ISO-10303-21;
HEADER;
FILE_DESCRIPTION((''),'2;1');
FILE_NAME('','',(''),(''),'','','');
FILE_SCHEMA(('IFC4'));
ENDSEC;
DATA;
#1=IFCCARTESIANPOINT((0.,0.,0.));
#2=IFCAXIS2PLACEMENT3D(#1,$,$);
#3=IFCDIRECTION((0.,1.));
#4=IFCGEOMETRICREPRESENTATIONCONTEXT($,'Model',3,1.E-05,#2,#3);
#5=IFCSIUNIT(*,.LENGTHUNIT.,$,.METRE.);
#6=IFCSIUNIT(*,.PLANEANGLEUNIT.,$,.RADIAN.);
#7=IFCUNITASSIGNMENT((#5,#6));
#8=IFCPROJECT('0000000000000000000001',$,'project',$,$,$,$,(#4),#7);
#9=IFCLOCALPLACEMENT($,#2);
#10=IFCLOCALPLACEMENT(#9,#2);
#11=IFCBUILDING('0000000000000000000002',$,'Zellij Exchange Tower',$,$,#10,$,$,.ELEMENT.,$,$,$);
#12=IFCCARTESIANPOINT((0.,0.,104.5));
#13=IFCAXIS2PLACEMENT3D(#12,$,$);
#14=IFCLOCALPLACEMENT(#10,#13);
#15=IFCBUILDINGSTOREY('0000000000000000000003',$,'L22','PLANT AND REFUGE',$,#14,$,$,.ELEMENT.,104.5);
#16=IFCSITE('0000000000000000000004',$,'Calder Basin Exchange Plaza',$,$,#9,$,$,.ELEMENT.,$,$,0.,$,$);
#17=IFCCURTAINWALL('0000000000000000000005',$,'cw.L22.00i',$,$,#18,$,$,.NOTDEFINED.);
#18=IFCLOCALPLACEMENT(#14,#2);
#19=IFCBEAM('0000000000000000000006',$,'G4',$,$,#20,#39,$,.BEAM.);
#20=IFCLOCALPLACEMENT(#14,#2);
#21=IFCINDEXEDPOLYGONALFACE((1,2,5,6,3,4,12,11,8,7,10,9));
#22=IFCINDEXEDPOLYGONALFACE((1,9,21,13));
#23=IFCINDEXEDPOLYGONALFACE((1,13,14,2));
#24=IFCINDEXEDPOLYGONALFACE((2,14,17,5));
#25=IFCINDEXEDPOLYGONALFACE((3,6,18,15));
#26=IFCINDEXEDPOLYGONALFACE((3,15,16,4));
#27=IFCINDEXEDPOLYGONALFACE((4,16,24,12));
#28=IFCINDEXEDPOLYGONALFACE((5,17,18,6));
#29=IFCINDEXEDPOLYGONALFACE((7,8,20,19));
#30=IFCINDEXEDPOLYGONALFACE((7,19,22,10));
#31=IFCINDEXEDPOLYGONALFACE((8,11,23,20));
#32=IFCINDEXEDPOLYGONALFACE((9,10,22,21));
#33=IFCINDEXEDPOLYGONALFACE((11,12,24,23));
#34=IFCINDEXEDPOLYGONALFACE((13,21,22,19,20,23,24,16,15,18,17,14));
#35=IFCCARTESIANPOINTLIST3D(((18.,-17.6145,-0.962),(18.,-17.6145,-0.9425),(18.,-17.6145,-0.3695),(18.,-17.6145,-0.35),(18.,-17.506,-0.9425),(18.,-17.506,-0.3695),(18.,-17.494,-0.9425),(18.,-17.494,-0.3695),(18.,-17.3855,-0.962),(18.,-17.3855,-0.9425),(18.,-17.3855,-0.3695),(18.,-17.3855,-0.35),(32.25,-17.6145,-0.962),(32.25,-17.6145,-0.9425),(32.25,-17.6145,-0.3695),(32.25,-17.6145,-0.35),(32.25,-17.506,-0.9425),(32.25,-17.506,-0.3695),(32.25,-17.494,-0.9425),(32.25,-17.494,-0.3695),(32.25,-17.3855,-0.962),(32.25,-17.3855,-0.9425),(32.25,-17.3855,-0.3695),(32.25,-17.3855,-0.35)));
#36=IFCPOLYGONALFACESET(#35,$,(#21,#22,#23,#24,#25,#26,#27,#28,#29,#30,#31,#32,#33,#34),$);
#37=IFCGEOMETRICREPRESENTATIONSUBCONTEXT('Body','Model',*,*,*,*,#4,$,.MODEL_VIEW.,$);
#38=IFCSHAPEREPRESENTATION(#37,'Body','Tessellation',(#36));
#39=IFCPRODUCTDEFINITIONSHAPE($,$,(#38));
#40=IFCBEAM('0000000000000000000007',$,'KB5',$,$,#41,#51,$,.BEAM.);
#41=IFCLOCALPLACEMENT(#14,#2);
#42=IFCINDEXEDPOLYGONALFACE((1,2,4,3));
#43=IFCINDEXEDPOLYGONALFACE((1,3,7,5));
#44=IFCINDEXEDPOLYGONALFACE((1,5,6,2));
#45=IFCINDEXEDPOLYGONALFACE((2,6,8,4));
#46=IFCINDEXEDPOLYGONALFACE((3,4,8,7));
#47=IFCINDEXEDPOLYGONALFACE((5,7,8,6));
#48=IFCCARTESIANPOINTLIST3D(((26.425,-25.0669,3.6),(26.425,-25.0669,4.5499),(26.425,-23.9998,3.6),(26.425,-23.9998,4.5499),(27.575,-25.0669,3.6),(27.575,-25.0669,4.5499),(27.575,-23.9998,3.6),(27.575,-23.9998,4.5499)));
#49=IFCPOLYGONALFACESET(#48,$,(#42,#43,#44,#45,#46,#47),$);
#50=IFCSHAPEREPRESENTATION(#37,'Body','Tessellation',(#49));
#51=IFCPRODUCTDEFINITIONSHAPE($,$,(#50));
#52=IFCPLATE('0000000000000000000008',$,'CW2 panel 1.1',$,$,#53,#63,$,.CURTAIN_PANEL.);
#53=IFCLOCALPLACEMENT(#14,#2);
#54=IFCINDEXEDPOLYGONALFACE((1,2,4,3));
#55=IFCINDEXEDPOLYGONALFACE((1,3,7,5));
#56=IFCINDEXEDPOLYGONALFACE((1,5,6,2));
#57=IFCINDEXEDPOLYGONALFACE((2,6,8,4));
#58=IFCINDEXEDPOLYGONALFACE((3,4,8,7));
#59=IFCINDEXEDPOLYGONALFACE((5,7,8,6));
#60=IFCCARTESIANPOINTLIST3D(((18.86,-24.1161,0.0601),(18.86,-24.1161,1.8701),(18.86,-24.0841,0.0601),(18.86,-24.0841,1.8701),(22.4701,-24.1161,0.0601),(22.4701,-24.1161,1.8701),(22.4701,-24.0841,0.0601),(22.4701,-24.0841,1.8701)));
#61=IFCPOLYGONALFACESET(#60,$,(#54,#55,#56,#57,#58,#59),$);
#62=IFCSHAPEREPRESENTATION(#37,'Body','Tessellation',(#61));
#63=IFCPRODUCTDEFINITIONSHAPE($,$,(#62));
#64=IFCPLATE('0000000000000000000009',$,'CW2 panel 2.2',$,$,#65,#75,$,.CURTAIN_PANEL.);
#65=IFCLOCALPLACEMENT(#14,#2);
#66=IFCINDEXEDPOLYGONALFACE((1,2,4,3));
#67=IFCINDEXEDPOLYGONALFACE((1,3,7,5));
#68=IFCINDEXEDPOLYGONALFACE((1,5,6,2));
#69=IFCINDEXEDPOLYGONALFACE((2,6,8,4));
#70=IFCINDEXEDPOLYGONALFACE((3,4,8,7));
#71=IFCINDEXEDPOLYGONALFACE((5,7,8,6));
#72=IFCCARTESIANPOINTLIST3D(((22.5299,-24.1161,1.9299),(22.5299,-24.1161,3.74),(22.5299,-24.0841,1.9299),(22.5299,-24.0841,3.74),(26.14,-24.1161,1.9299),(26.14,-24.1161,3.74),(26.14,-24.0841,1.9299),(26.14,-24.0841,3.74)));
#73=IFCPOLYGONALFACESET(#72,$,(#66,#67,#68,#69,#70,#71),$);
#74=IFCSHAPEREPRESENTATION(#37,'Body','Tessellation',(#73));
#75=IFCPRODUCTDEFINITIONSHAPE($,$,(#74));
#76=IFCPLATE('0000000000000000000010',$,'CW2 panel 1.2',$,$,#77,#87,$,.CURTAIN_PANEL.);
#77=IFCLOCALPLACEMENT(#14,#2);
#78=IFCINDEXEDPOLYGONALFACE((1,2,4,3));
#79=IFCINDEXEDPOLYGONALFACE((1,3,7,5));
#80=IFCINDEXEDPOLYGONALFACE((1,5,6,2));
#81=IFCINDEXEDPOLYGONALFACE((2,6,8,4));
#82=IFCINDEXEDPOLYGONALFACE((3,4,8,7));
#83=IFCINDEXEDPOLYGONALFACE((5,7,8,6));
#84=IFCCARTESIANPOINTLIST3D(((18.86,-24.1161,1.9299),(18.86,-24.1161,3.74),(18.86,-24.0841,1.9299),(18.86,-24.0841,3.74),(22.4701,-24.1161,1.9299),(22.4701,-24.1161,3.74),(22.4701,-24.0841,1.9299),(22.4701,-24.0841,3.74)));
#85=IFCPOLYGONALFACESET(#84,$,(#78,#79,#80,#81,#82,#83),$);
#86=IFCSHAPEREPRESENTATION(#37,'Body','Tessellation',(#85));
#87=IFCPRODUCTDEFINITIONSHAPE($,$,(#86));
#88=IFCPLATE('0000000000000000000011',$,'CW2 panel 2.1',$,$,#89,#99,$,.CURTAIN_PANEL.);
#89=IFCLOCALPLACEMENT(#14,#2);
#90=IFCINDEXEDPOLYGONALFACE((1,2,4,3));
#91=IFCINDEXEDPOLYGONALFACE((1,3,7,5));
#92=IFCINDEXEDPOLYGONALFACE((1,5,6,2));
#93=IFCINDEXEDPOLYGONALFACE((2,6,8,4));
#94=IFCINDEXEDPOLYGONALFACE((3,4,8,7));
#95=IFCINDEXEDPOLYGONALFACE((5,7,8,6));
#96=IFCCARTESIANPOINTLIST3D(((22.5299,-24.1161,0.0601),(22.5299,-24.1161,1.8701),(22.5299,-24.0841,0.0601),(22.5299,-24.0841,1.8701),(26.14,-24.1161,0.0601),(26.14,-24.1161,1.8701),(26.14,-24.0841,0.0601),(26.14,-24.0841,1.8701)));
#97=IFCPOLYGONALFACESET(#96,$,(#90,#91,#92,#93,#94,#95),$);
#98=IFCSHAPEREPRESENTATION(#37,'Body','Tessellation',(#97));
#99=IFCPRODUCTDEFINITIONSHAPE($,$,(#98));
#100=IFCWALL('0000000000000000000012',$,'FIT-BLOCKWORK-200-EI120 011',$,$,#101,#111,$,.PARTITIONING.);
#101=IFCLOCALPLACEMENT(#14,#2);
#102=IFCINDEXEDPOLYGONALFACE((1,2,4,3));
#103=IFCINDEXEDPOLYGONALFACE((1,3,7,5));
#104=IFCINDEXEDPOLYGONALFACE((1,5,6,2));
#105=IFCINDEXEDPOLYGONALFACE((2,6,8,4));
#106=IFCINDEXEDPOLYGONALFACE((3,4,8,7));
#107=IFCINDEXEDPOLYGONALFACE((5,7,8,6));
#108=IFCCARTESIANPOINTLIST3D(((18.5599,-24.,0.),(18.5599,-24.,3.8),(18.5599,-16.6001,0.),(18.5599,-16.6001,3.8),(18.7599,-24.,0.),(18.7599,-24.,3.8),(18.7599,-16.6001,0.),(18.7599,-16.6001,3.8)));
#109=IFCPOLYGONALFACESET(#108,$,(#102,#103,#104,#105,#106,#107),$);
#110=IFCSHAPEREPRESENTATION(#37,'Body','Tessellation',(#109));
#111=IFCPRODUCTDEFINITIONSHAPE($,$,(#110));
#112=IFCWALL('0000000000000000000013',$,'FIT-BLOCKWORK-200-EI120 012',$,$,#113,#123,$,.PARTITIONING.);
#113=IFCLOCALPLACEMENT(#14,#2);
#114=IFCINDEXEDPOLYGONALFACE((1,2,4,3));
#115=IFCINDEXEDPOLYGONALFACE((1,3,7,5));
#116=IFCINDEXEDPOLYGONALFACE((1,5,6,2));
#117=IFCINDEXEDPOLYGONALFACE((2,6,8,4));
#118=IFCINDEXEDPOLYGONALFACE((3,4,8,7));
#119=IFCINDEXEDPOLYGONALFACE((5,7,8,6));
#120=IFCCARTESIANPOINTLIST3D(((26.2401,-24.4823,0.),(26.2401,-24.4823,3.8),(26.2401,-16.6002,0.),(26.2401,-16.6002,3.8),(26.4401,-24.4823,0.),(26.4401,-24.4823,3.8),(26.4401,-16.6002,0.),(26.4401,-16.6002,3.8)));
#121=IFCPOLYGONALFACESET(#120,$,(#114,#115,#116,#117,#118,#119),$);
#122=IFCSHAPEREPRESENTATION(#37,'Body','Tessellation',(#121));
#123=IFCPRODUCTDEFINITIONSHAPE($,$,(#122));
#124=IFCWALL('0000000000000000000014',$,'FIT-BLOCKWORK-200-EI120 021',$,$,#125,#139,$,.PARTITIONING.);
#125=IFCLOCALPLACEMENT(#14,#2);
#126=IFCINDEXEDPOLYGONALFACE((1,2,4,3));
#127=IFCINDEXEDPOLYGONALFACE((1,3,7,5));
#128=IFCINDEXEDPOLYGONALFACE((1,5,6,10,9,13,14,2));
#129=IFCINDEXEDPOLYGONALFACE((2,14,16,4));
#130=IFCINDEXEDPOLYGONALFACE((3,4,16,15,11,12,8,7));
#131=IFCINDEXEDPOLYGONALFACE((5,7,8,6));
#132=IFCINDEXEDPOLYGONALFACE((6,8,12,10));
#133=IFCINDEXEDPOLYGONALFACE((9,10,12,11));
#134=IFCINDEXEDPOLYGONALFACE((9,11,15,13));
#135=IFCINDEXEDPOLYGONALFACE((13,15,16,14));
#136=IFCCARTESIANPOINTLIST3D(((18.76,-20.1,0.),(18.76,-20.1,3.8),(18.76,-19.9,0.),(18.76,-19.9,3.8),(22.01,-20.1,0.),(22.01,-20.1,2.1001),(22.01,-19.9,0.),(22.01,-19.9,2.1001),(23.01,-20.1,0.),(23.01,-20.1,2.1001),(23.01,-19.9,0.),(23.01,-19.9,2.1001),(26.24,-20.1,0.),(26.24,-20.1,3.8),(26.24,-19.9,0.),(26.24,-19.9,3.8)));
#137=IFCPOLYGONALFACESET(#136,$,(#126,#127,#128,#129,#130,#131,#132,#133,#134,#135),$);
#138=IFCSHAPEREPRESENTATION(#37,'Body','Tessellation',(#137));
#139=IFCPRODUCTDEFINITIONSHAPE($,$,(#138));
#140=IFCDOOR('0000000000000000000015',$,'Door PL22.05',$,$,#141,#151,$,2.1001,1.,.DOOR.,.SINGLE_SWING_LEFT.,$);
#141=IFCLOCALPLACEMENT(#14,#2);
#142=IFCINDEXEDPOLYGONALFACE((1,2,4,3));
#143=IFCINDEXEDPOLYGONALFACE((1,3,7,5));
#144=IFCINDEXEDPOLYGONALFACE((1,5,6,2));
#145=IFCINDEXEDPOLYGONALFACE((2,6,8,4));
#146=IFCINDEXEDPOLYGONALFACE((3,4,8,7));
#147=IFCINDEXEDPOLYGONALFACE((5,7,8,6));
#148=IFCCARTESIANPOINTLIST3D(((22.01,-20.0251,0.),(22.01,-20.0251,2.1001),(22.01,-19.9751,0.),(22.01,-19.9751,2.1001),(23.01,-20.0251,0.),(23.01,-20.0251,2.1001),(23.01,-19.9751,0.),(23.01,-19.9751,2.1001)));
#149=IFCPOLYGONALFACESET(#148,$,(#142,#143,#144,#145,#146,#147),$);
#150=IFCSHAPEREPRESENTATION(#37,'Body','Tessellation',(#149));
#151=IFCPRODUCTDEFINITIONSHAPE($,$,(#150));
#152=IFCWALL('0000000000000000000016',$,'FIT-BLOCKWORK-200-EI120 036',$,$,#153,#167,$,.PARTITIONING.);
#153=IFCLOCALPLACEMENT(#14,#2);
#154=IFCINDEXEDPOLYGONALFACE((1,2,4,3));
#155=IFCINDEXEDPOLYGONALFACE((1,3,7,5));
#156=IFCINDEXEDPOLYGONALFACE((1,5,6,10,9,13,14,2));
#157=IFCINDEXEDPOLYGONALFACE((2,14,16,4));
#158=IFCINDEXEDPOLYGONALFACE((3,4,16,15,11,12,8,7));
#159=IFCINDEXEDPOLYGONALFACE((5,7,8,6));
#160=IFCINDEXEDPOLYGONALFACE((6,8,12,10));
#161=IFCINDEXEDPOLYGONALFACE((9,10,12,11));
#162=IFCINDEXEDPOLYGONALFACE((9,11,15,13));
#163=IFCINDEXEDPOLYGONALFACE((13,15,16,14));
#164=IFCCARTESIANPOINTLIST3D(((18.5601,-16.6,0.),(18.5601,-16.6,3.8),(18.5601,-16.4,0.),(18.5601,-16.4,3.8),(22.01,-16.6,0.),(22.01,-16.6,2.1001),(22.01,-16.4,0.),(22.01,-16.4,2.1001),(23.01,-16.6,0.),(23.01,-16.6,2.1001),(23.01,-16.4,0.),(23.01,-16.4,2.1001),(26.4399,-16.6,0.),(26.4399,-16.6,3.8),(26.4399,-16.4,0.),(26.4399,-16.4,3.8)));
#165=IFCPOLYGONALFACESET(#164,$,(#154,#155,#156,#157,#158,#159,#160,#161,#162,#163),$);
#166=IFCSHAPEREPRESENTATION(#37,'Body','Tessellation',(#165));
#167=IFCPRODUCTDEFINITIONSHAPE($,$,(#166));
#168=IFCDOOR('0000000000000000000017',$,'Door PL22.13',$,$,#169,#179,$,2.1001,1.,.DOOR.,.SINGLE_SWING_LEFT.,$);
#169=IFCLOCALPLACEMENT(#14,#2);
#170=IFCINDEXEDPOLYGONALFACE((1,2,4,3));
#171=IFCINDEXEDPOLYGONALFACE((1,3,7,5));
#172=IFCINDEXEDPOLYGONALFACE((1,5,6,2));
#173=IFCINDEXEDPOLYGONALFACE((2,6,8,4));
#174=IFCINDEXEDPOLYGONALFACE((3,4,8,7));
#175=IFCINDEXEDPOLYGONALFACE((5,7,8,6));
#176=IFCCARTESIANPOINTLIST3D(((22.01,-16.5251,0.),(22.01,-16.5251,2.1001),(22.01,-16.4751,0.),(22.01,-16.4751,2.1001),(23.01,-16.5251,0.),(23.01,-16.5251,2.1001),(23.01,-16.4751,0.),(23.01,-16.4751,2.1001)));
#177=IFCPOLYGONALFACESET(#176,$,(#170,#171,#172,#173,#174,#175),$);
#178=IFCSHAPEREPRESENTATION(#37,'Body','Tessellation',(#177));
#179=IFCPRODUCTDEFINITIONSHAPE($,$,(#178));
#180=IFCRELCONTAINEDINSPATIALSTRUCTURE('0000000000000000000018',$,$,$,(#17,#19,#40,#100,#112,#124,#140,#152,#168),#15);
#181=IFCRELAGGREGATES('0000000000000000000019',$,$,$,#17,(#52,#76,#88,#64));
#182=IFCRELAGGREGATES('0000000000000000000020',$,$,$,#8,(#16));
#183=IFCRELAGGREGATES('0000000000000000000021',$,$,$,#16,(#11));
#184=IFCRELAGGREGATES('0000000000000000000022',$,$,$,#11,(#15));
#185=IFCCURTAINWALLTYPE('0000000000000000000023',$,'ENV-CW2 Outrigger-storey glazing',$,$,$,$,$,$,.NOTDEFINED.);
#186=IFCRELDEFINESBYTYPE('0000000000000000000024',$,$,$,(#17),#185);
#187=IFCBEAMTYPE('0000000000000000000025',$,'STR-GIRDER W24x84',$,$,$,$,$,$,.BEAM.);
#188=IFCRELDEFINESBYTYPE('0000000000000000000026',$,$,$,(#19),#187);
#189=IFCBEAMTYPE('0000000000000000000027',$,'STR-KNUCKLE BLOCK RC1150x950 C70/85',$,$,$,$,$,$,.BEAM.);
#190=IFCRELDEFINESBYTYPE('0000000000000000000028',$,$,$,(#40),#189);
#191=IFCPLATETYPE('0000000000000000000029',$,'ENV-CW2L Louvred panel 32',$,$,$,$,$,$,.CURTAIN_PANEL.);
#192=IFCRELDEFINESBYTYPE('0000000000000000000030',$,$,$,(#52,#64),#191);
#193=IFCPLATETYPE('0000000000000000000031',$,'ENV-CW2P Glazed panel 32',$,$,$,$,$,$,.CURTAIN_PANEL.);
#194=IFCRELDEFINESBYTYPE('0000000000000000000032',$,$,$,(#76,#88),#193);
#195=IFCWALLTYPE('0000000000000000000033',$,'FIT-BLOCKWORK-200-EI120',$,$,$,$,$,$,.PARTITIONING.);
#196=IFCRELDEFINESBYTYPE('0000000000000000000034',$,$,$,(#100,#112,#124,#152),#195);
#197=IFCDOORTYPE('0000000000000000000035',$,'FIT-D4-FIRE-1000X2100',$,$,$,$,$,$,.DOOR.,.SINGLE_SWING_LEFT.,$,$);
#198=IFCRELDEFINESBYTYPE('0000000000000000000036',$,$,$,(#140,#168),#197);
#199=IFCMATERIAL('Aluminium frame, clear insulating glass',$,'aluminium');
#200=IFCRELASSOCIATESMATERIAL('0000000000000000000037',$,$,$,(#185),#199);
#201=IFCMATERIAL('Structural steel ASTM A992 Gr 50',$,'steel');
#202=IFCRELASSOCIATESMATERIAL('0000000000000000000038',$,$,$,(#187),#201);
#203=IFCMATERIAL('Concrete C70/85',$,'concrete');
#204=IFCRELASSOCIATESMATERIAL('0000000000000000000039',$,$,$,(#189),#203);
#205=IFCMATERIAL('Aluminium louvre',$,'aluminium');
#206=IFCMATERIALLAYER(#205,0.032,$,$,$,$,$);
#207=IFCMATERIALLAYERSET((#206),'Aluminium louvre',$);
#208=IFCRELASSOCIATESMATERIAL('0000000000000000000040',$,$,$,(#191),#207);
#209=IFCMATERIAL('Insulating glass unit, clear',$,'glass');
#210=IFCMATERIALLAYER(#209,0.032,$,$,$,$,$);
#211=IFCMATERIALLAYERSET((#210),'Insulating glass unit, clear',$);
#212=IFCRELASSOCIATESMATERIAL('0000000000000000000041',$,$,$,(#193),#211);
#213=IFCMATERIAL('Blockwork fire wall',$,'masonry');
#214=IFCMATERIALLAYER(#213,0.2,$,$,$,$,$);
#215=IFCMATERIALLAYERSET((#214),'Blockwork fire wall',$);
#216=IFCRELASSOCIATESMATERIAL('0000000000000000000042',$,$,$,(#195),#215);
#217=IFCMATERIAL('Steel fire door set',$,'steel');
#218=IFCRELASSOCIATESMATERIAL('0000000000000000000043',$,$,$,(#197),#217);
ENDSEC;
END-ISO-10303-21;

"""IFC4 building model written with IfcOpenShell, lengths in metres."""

from ifc_helpers import new_model, si_unit, direction, frame, frame_2d, origin, origin_2d, place, context, subcontext, project, spatial, rectangle, i_section, extrude, material, layer, layer_set, material_profile, profile_set, type_object, element, fill, aggregate, save


model = new_model("IFC4")

# Units and contexts
model_context = context("Model", 3, precision=1e-05, world=origin(), true_north=direction((0.0, 1.0)))
body_context = subcontext(model_context, "Body", "Model", "MODEL_VIEW")
ifc_project = project(units=[si_unit("LENGTHUNIT", "METRE"), si_unit("PLANEANGLEUNIT", "RADIAN")], contexts=[model_context])

# Site, building, storey
site_placement = place(None, origin())
site = spatial("IfcSite", under=ifc_project, at=site_placement, Name="Calder Basin Exchange Plaza", CompositionType="ELEMENT", RefElevation=0.0)
building_placement = place(site_placement, origin())
building = spatial("IfcBuilding", under=site, at=building_placement, Name="Zellij Exchange Tower", CompositionType="ELEMENT")
storey_placement = place(building_placement, frame((0.0, 0.0, 104.5)))
storey = spatial("IfcBuildingStorey", under=building, at=storey_placement, Name="L22", Description="PLANT AND REFUGE", CompositionType="ELEMENT", Elevation=104.5)

# Shared definitions
ifc_material_1 = material(Name="Concrete C70/85", Category="concrete")

# Curtain wall
ifc_material_2 = material(Name="Aluminium frame, clear insulating glass", Category="aluminium")
curtain_wall_type = type_object("IfcCurtainWallType", Name="ENV-CW2 Outrigger-storey glazing", PredefinedType="NOTDEFINED", material=ifc_material_2)
curtain_wall_placement = place(storey_placement, origin())
curtain_wall = element("IfcCurtainWall", 1, at=curtain_wall_placement, inside=storey, type_object=curtain_wall_type, Name="cw.L22.00i", PredefinedType="NOTDEFINED")

# Shared definitions
ifc_material_3 = material(Name="Structural steel ASTM A992 Gr 50", Category="steel")

# Beams
ifc_material_profile_1 = material_profile(ifc_material_3, i_section(OverallWidth=0.229, OverallDepth=0.6121, WebThickness=0.012, FlangeThickness=0.0195, at=origin_2d()), Name="W24x84")
ifc_profile_set_1 = profile_set([ifc_material_profile_1], Name="Structural steel ASTM A992 Gr 50")
beam_type_1 = type_object("IfcBeamType", Name="STR-GIRDER W24x84", PredefinedType="BEAM", material=ifc_profile_set_1)
beam_1_placement = place(storey_placement, frame((18.0, -17.5, -0.656), z_axis=(1.0, 0.0, 0.0), x_axis=(0.0, 1.0, 0.0)))
element("IfcBeam", 2, at=beam_1_placement, inside=storey, type_object=beam_type_1, Name="G4", PredefinedType="BEAM", context=body_context, shape_type="SweptSolid", body=[
    extrude(i_section(OverallWidth=0.229, OverallDepth=0.6121, WebThickness=0.012, FlangeThickness=0.0195, at=origin_2d()), origin(), (0.0, 0.0, 1.0), 14.25),
])
ifc_material_profile_2 = material_profile(ifc_material_1, rectangle(XDim=1.1499, YDim=0.95, at=origin_2d()), Name="STR-KNUCKLE BLOCK RC1150x950 C70/85")
ifc_profile_set_2 = profile_set([ifc_material_profile_2], Name="Concrete C70/85")
beam_type_2 = type_object("IfcBeamType", Name="STR-KNUCKLE BLOCK RC1150x950 C70/85", PredefinedType="BEAM", material=ifc_profile_set_2)
beam_2_placement = place(storey_placement, frame((27.0, -25.0669, 4.075), z_axis=(0.0, 1.0, 0.0), x_axis=(-1.0, 0.0, 0.0)))
element("IfcBeam", 3, at=beam_2_placement, inside=storey, type_object=beam_type_2, Name="KB5", PredefinedType="BEAM", context=body_context, shape_type="SweptSolid", body=[
    extrude(rectangle(XDim=1.1499, YDim=0.95, at=origin_2d()), origin(), (0.0, 0.0, 1.0), 1.0671),
])

# Plates
ifc_material_4 = material(Name="Aluminium louvre", Category="aluminium")
ifc_layer_1 = layer(ifc_material_4, 0.032)
ifc_layer_set_1 = layer_set([ifc_layer_1], Name="Aluminium louvre")
plate_type_1 = type_object("IfcPlateType", Name="ENV-CW2L Louvred panel 32", PredefinedType="CURTAIN_PANEL", material=ifc_layer_set_1)
plate_1_placement = place(storey_placement, frame((20.665, -24.1001, 0.0601), z_axis=(0.0, 0.0, 1.0), x_axis=(1.0, 0.0, 0.0)))
plate_1 = element("IfcPlate", 4, at=plate_1_placement, type_object=plate_type_1, Name="CW2 panel 1.1", PredefinedType="CURTAIN_PANEL", context=body_context, shape_type="SweptSolid", body=[
    extrude(rectangle(XDim=3.6101, YDim=0.032, at=origin_2d()), origin(), (0.0, 0.0, 1.0), 1.8101),
])
plate_2_placement = place(storey_placement, frame((24.335, -24.1001, 1.9299), z_axis=(0.0, 0.0, 1.0), x_axis=(1.0, 0.0, 0.0)))
plate_2 = element("IfcPlate", 5, at=plate_2_placement, type_object=plate_type_1, Name="CW2 panel 2.2", PredefinedType="CURTAIN_PANEL", context=body_context, shape_type="SweptSolid", body=[
    extrude(rectangle(XDim=3.6101, YDim=0.032, at=origin_2d()), origin(), (0.0, 0.0, 1.0), 1.8101),
])
ifc_material_5 = material(Name="Insulating glass unit, clear", Category="glass")
ifc_layer_2 = layer(ifc_material_5, 0.032)
ifc_layer_set_2 = layer_set([ifc_layer_2], Name="Insulating glass unit, clear")
plate_type_2 = type_object("IfcPlateType", Name="ENV-CW2P Glazed panel 32", PredefinedType="CURTAIN_PANEL", material=ifc_layer_set_2)
plate_3_placement = place(storey_placement, frame((20.665, -24.1001, 1.9299), z_axis=(0.0, 0.0, 1.0), x_axis=(1.0, 0.0, 0.0)))
plate_3 = element("IfcPlate", 6, at=plate_3_placement, type_object=plate_type_2, Name="CW2 panel 1.2", PredefinedType="CURTAIN_PANEL", context=body_context, shape_type="SweptSolid", body=[
    extrude(rectangle(XDim=3.6101, YDim=0.032, at=origin_2d()), origin(), (0.0, 0.0, 1.0), 1.8101),
])
plate_4_placement = place(storey_placement, frame((24.335, -24.1001, 0.0601), z_axis=(0.0, 0.0, 1.0), x_axis=(1.0, 0.0, 0.0)))
plate_4 = element("IfcPlate", 7, at=plate_4_placement, type_object=plate_type_2, Name="CW2 panel 2.1", PredefinedType="CURTAIN_PANEL", context=body_context, shape_type="SweptSolid", body=[
    extrude(rectangle(XDim=3.6101, YDim=0.032, at=origin_2d()), origin(), (0.0, 0.0, 1.0), 1.8101),
])
aggregate(curtain_wall, [plate_1, plate_3, plate_4, plate_2])

# Walls
ifc_material_6 = material(Name="Blockwork fire wall", Category="masonry")
ifc_layer_3 = layer(ifc_material_6, 0.2)
ifc_layer_set_3 = layer_set([ifc_layer_3], Name="Blockwork fire wall")
wall_type_1 = type_object("IfcWallType", Name="FIT-BLOCKWORK-200-EI120", PredefinedType="PARTITIONING", material=ifc_layer_set_3)
wall_1_placement = place(storey_placement, frame((18.6599, -24.0, 0.0), z_axis=(0.0, 0.0, 1.0), x_axis=(0.0, 1.0, 0.0)))
element("IfcWall", 8, at=wall_1_placement, inside=storey, type_object=wall_type_1, Name="FIT-BLOCKWORK-200-EI120 011", PredefinedType="PARTITIONING", context=body_context, shape_type="SweptSolid", body=[
    extrude(rectangle(XDim=7.3999, YDim=0.2, at=frame_2d((3.7, 0.0))), origin(), (0.0, 0.0, 1.0), 3.8),
])
wall_2_placement = place(storey_placement, frame((26.3401, -24.4822, 0.0), z_axis=(0.0, 0.0, 1.0), x_axis=(0.0, 1.0, 0.0)))
element("IfcWall", 9, at=wall_2_placement, inside=storey, type_object=wall_type_1, Name="FIT-BLOCKWORK-200-EI120 012", PredefinedType="PARTITIONING", context=body_context, shape_type="SweptSolid", body=[
    extrude(rectangle(XDim=7.8821, YDim=0.2, at=frame_2d((3.9409, 0.0))), origin(), (0.0, 0.0, 1.0), 3.8),
])

# Walls, openings, doors
wall_3_placement = place(storey_placement, frame((18.76, -20.0, 0.0), z_axis=(0.0, 0.0, 1.0), x_axis=(1.0, 0.0, 0.0)))
wall_3 = element("IfcWall", 10, at=wall_3_placement, inside=storey, type_object=wall_type_1, Name="FIT-BLOCKWORK-200-EI120 021", PredefinedType="PARTITIONING", context=body_context, shape_type="SweptSolid", body=[
    extrude(rectangle(XDim=7.48, YDim=0.2, at=frame_2d((3.74, 0.0))), origin(), (0.0, 0.0, 1.0), 3.8),
])
opening_1_placement = place(wall_3_placement, frame((3.25, 0.0, 0.0)))
opening_1 = element("IfcOpeningElement", 11, at=opening_1_placement, cuts=wall_3, PredefinedType="OPENING", context=body_context, shape_type="SweptSolid", body=[
    extrude(rectangle(XDim=1.0, YDim=2.1001, at=frame_2d((0.5, 1.05))), frame((0.0, 0.1118, 0.0), z_axis=(0.0, -1.0, 0.0), x_axis=(1.0, 0.0, 0.0)), (0.0, 0.0, 1.0), 0.2239),
])
ifc_material_7 = material(Name="Steel fire door set", Category="steel")
door_type = type_object("IfcDoorType", Name="FIT-D4-FIRE-1000X2100", OperationType="SINGLE_SWING_LEFT", PredefinedType="DOOR", material=ifc_material_7)
door_1_placement = place(opening_1_placement, origin())
door_1 = element("IfcDoor", 12, at=door_1_placement, inside=storey, type_object=door_type, Name="Door PL22.05", OperationType="SINGLE_SWING_LEFT", OverallHeight=2.1001, OverallWidth=1.0, PredefinedType="DOOR", context=body_context, shape_type="SweptSolid", body=[
    extrude(rectangle(XDim=1.0, YDim=2.1001, at=frame_2d((0.5, 1.05))), frame((0.0, 0.0249, 0.0), z_axis=(0.0, -1.0, 0.0), x_axis=(1.0, 0.0, 0.0)), (0.0, 0.0, 1.0), 0.05),
])
fill(opening_1, door_1)
wall_4_placement = place(storey_placement, frame((18.5601, -16.5, 0.0), z_axis=(0.0, 0.0, 1.0), x_axis=(1.0, 0.0, 0.0)))
wall_4 = element("IfcWall", 13, at=wall_4_placement, inside=storey, type_object=wall_type_1, Name="FIT-BLOCKWORK-200-EI120 036", PredefinedType="PARTITIONING", context=body_context, shape_type="SweptSolid", body=[
    extrude(rectangle(XDim=7.8799, YDim=0.2, at=frame_2d((3.9399, 0.0))), origin(), (0.0, 0.0, 1.0), 3.8),
])
opening_2_placement = place(wall_4_placement, frame((3.45, 0.0, 0.0)))
opening_2 = element("IfcOpeningElement", 14, at=opening_2_placement, cuts=wall_4, PredefinedType="OPENING", context=body_context, shape_type="SweptSolid", body=[
    extrude(rectangle(XDim=1.0, YDim=2.1001, at=frame_2d((0.5, 1.05))), frame((0.0, 0.1118, 0.0), z_axis=(0.0, -1.0, 0.0), x_axis=(1.0, 0.0, 0.0)), (0.0, 0.0, 1.0), 0.2239),
])
door_2_placement = place(opening_2_placement, origin())
door_2 = element("IfcDoor", 15, at=door_2_placement, inside=storey, type_object=door_type, Name="Door PL22.13", OperationType="SINGLE_SWING_LEFT", OverallHeight=2.1001, OverallWidth=1.0, PredefinedType="DOOR", context=body_context, shape_type="SweptSolid", body=[
    extrude(rectangle(XDim=1.0, YDim=2.1001, at=frame_2d((0.5, 1.05))), frame((0.0, 0.0249, 0.0), z_axis=(0.0, -1.0, 0.0), x_axis=(1.0, 0.0, 0.0)), (0.0, 0.0, 1.0), 0.05),
])
fill(opening_2, door_2)

save(model, "model.ifc")
